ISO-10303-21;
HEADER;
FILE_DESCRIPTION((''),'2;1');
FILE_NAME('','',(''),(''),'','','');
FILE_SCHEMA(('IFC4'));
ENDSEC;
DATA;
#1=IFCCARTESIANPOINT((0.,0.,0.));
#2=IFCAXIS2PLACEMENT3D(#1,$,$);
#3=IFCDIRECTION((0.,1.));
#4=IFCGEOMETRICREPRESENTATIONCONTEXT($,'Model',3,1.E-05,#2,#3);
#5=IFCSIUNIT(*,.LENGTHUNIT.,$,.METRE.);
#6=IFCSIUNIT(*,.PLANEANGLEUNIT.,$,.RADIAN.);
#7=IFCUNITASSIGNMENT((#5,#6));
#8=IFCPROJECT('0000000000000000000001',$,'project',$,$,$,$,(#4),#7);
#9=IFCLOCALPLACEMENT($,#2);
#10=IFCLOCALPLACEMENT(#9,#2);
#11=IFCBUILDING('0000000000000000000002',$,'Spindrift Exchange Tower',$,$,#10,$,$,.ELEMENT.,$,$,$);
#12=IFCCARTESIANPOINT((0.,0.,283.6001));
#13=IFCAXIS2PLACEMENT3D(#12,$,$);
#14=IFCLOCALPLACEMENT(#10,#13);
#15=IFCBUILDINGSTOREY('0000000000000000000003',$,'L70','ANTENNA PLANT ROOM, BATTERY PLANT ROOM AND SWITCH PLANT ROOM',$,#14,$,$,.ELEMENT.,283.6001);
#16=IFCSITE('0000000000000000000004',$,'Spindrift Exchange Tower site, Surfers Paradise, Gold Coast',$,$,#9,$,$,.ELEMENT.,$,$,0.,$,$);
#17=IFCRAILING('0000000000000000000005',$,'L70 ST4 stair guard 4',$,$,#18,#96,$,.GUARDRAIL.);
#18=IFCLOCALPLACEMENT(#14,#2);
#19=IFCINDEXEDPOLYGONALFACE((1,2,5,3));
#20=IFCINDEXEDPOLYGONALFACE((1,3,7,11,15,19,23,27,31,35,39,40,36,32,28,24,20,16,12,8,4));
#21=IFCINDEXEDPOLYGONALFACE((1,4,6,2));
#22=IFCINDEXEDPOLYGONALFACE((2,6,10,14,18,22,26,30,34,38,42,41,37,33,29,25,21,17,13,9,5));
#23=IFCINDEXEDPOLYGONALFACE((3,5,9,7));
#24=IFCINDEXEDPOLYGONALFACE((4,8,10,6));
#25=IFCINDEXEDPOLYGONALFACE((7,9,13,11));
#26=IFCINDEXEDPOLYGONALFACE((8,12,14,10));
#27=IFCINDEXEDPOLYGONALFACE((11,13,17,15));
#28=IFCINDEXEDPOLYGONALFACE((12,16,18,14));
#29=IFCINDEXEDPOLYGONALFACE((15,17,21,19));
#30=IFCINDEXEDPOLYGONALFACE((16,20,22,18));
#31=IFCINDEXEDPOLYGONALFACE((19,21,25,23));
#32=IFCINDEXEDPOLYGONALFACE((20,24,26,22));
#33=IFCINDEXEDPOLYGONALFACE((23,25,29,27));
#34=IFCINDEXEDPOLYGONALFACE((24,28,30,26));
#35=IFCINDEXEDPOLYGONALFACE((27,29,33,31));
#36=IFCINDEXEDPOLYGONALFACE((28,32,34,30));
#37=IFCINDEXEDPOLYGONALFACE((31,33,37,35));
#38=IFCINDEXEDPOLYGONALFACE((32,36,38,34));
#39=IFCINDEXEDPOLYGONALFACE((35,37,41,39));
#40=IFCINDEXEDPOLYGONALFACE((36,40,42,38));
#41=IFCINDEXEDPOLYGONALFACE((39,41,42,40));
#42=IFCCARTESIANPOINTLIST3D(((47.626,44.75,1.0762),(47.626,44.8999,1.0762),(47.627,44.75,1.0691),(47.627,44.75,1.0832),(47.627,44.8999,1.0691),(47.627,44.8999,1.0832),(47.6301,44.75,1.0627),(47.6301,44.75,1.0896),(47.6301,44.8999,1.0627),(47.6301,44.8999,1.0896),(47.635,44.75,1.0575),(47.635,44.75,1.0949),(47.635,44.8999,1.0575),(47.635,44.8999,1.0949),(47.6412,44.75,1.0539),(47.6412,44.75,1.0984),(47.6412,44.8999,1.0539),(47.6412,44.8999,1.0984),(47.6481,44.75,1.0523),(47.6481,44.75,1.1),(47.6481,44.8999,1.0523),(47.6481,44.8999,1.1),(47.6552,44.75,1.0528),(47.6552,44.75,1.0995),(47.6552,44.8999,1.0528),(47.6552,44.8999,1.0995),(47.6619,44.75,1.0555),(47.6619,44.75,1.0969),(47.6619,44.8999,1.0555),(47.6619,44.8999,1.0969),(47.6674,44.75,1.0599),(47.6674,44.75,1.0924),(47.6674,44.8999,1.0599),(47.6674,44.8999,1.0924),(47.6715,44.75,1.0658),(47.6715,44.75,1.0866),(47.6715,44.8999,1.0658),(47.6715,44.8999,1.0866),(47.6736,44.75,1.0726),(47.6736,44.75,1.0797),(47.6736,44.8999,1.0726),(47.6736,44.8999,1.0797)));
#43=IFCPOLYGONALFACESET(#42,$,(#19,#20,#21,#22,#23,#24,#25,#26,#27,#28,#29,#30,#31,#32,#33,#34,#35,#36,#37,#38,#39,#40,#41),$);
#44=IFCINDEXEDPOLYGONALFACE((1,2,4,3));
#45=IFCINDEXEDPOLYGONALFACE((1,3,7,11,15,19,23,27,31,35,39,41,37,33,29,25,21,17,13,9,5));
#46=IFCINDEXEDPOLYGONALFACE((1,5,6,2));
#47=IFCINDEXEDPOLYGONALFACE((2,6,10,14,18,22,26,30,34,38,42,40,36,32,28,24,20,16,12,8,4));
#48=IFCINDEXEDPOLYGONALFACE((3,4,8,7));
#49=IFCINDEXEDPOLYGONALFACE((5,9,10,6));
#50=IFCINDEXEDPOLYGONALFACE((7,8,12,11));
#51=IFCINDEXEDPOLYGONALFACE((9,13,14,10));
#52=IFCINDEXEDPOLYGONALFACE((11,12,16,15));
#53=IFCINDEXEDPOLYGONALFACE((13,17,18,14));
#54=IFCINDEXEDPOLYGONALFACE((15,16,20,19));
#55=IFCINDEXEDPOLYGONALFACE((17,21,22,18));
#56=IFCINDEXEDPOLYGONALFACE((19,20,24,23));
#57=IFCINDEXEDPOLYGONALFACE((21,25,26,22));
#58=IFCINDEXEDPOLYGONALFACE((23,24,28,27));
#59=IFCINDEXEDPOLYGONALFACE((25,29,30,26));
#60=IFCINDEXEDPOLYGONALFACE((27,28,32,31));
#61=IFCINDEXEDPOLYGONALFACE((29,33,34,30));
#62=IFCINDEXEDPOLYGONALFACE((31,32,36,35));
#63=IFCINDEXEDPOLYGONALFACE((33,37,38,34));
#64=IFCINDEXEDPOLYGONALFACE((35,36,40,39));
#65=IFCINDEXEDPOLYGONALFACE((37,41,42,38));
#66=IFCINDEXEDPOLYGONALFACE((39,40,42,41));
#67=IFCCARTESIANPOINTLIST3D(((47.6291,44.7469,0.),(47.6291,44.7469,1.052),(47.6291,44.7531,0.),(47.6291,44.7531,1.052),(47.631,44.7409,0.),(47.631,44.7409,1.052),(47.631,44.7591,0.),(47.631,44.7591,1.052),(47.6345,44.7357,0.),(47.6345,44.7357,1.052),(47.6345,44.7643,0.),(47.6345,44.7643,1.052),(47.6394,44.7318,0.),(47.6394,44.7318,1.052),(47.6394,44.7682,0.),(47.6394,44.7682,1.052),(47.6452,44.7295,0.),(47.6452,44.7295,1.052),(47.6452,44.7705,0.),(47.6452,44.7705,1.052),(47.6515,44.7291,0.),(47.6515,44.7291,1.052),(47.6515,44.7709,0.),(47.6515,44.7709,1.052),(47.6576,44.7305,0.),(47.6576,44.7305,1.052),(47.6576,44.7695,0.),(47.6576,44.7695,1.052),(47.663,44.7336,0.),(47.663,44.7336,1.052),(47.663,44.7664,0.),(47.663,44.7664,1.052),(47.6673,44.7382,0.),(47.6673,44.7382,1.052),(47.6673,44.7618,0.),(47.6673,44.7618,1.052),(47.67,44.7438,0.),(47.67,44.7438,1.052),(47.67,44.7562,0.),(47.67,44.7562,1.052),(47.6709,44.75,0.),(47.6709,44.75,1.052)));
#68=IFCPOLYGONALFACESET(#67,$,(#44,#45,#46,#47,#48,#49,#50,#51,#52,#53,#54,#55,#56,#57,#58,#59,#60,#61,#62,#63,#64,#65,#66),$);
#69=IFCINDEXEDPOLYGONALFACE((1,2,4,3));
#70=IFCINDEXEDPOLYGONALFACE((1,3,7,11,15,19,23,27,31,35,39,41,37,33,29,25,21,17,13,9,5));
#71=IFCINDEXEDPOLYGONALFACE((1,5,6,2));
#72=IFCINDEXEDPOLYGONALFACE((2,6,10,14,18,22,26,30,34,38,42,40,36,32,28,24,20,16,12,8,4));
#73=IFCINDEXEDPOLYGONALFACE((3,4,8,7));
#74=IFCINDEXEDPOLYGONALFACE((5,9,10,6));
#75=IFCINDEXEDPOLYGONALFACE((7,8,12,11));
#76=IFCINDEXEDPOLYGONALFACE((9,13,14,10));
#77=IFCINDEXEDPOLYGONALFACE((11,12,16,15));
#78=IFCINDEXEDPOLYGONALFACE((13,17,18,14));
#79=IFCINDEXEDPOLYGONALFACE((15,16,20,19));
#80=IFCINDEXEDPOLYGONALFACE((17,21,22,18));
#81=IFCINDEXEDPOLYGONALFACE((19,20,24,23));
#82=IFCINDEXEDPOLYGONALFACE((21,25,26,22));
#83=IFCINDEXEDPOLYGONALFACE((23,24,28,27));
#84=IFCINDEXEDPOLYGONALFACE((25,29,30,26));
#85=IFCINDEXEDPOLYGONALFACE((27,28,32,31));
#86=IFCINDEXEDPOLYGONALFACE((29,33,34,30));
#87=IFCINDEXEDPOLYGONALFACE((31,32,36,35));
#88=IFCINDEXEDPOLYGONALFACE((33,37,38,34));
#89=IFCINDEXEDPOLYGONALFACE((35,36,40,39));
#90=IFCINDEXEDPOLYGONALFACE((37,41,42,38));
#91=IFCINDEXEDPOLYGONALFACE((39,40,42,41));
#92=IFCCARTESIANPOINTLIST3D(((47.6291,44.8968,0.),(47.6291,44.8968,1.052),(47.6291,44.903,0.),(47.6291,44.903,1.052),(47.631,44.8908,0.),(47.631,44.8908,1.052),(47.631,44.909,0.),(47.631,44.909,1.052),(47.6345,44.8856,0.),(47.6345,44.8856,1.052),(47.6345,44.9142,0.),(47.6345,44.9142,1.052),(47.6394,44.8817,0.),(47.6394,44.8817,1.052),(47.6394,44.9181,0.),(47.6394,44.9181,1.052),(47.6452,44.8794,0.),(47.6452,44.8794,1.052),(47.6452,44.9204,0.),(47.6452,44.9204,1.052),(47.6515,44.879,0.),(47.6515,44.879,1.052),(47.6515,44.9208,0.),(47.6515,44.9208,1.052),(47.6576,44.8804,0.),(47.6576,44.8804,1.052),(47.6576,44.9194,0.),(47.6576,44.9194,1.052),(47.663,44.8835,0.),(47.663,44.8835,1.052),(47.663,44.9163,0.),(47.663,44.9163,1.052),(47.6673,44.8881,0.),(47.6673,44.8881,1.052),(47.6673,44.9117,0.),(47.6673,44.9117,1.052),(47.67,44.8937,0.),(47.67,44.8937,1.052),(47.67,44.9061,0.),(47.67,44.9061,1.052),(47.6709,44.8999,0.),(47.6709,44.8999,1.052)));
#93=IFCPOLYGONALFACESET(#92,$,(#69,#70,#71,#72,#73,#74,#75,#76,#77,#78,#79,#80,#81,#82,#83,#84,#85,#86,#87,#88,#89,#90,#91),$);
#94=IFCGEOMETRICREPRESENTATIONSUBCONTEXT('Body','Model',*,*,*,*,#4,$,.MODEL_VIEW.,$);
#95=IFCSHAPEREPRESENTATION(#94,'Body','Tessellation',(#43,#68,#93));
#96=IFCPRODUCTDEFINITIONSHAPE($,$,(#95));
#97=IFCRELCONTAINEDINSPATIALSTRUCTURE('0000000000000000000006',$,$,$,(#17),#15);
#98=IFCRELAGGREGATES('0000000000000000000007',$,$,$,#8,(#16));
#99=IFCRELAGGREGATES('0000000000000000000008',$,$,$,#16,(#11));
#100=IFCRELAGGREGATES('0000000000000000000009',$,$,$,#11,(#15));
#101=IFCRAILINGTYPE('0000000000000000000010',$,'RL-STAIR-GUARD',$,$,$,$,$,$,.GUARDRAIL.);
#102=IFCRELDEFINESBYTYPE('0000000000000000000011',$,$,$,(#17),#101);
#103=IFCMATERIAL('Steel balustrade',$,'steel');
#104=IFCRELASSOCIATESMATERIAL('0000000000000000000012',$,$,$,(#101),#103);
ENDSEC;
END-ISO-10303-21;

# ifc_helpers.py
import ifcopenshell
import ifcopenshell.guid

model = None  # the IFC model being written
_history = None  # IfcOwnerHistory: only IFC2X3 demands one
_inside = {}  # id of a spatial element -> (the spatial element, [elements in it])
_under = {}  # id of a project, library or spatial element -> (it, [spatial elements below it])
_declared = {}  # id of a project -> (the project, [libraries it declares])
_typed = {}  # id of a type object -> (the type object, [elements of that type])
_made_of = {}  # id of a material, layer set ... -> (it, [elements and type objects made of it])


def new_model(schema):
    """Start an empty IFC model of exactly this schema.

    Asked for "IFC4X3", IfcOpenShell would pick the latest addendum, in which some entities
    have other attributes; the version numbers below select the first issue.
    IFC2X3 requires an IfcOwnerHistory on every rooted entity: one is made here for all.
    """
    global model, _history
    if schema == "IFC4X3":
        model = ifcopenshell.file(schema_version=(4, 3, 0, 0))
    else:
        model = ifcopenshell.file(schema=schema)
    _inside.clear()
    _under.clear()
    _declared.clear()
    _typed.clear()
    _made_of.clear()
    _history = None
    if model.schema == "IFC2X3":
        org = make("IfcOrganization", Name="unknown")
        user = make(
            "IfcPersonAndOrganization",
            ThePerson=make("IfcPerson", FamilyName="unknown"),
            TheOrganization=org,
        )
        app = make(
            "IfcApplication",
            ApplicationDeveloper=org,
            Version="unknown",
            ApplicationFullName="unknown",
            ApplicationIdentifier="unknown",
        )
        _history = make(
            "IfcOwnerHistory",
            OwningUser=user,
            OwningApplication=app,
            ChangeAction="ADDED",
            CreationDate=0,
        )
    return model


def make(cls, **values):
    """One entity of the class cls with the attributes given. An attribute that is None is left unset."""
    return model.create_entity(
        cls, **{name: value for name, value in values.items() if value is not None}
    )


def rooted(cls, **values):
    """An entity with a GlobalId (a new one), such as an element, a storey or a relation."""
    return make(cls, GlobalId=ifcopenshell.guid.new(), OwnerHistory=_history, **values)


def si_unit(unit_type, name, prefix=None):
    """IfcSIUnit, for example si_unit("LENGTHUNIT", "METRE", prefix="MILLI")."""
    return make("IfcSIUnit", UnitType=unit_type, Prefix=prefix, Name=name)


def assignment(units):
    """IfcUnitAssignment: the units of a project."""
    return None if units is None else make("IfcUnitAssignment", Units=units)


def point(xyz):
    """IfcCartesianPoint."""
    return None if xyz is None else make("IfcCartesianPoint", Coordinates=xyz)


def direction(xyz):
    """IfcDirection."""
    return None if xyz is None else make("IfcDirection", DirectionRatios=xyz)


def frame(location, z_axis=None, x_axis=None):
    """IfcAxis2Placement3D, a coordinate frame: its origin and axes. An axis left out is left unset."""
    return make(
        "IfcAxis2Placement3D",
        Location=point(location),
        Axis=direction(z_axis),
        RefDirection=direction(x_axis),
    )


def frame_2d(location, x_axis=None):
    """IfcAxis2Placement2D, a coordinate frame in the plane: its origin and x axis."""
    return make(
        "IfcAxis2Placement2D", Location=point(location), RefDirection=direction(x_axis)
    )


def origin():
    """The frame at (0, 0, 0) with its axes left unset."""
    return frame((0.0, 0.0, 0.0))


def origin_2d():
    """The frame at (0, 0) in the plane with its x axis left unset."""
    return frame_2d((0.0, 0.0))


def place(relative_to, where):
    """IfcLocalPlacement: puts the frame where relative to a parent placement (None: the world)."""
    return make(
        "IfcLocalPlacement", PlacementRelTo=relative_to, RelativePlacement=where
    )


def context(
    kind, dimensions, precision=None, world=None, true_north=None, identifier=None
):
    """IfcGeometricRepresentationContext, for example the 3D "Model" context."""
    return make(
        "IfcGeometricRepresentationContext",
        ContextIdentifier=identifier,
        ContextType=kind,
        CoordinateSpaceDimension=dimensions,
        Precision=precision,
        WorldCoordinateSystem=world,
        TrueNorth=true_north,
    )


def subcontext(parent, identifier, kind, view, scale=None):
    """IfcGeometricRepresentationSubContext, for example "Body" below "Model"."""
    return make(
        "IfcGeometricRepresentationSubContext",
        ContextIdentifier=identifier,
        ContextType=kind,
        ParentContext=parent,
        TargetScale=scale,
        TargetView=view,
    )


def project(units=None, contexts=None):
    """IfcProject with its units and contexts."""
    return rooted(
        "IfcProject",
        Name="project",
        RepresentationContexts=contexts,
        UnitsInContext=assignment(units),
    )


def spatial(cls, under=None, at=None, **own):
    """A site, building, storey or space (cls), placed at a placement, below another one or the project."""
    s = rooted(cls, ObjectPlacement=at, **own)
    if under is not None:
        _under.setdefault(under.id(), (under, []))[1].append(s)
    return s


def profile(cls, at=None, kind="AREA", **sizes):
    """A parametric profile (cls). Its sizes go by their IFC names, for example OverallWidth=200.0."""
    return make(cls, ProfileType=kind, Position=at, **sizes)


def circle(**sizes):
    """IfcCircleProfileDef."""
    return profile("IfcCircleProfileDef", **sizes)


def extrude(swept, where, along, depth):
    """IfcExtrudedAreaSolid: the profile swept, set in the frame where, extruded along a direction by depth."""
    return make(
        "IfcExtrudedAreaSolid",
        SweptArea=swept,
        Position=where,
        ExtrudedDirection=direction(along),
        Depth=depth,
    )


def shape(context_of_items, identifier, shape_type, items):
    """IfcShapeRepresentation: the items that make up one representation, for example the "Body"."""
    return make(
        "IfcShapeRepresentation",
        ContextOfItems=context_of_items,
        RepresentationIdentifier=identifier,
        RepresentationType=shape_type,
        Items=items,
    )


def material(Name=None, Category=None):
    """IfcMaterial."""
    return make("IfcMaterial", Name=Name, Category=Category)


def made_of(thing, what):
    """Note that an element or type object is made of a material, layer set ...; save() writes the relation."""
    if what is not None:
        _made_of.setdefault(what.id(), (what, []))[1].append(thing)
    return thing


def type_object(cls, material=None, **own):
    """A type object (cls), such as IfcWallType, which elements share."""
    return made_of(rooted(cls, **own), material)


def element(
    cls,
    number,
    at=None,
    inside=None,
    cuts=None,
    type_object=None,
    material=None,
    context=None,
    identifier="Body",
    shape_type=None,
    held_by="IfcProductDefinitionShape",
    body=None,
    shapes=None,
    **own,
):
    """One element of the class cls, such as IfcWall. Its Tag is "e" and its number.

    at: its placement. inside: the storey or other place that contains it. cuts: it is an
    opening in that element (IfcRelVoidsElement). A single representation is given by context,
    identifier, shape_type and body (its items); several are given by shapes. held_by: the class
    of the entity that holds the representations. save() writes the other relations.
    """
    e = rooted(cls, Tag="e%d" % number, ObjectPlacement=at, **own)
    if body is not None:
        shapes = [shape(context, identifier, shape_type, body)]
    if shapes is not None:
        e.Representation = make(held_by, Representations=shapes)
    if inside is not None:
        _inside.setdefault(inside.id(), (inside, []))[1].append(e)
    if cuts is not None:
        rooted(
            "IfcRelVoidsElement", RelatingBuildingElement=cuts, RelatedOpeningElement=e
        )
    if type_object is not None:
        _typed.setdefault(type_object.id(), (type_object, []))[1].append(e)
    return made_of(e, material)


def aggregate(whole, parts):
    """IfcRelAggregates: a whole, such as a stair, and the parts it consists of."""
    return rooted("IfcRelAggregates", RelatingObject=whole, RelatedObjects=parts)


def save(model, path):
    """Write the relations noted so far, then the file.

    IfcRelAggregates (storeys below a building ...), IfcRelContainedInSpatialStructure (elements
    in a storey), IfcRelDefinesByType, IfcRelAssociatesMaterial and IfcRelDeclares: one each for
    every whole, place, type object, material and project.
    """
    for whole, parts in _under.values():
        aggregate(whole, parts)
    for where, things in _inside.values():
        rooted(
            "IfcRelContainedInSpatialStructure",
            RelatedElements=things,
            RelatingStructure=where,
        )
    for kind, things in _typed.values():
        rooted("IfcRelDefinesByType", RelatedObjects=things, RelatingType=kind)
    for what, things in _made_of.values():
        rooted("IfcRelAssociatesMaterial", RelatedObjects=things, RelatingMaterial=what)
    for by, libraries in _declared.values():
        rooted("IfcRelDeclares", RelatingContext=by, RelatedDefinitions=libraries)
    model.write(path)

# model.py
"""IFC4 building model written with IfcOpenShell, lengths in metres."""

from ifc_helpers import new_model, si_unit, direction, frame, origin, origin_2d, place, context, subcontext, project, spatial, circle, extrude, material, type_object, element, save


model = new_model("IFC4")

# Units and contexts
model_context = context("Model", 3, precision=1e-05, world=origin(), true_north=direction((0.0, 1.0)))
body_context = subcontext(model_context, "Body", "Model", "MODEL_VIEW")
ifc_project = project(units=[si_unit("LENGTHUNIT", "METRE"), si_unit("PLANEANGLEUNIT", "RADIAN")], contexts=[model_context])

# Site, building, storey
site_placement = place(None, origin())
site = spatial("IfcSite", under=ifc_project, at=site_placement, Name="Spindrift Exchange Tower site, Surfers Paradise, Gold Coast", CompositionType="ELEMENT", RefElevation=0.0)
building_placement = place(site_placement, origin())
building = spatial("IfcBuilding", under=site, at=building_placement, Name="Spindrift Exchange Tower", CompositionType="ELEMENT")
storey_placement = place(building_placement, frame((0.0, 0.0, 283.6001)))
storey = spatial("IfcBuildingStorey", under=building, at=storey_placement, Name="L70", Description="ANTENNA PLANT ROOM, BATTERY PLANT ROOM AND SWITCH PLANT ROOM", CompositionType="ELEMENT", Elevation=283.6001)

# Railing
ifc_material_1 = material(Name="Steel balustrade", Category="steel")
railing_type_1 = type_object("IfcRailingType", Name="RL-STAIR-GUARD", PredefinedType="GUARDRAIL", material=ifc_material_1)
railing_1_placement = place(storey_placement, frame((47.6499, 44.75, 0.0)))
element("IfcRailing", 1, at=railing_1_placement, inside=storey, type_object=railing_type_1, Name="L70 ST4 stair guard 4", PredefinedType="GUARDRAIL", context=body_context, shape_type="SweptSolid", body=[
    extrude(circle(Radius=0.0239, at=origin_2d()), frame((0.0, 0.0, 1.0762), z_axis=(0.0, 1.0, 0.0), x_axis=(-1.0, 0.0, 0.0)), (0.0, 0.0, 1.0), 0.1499),
    extrude(circle(Radius=0.021, at=origin_2d()), origin(), (0.0, 0.0, 1.0), 1.052),
    extrude(circle(Radius=0.021, at=origin_2d()), frame((0.0, 0.1499, 0.0)), (0.0, 0.0, 1.0), 1.052),
])

save(model, "model.ifc")
